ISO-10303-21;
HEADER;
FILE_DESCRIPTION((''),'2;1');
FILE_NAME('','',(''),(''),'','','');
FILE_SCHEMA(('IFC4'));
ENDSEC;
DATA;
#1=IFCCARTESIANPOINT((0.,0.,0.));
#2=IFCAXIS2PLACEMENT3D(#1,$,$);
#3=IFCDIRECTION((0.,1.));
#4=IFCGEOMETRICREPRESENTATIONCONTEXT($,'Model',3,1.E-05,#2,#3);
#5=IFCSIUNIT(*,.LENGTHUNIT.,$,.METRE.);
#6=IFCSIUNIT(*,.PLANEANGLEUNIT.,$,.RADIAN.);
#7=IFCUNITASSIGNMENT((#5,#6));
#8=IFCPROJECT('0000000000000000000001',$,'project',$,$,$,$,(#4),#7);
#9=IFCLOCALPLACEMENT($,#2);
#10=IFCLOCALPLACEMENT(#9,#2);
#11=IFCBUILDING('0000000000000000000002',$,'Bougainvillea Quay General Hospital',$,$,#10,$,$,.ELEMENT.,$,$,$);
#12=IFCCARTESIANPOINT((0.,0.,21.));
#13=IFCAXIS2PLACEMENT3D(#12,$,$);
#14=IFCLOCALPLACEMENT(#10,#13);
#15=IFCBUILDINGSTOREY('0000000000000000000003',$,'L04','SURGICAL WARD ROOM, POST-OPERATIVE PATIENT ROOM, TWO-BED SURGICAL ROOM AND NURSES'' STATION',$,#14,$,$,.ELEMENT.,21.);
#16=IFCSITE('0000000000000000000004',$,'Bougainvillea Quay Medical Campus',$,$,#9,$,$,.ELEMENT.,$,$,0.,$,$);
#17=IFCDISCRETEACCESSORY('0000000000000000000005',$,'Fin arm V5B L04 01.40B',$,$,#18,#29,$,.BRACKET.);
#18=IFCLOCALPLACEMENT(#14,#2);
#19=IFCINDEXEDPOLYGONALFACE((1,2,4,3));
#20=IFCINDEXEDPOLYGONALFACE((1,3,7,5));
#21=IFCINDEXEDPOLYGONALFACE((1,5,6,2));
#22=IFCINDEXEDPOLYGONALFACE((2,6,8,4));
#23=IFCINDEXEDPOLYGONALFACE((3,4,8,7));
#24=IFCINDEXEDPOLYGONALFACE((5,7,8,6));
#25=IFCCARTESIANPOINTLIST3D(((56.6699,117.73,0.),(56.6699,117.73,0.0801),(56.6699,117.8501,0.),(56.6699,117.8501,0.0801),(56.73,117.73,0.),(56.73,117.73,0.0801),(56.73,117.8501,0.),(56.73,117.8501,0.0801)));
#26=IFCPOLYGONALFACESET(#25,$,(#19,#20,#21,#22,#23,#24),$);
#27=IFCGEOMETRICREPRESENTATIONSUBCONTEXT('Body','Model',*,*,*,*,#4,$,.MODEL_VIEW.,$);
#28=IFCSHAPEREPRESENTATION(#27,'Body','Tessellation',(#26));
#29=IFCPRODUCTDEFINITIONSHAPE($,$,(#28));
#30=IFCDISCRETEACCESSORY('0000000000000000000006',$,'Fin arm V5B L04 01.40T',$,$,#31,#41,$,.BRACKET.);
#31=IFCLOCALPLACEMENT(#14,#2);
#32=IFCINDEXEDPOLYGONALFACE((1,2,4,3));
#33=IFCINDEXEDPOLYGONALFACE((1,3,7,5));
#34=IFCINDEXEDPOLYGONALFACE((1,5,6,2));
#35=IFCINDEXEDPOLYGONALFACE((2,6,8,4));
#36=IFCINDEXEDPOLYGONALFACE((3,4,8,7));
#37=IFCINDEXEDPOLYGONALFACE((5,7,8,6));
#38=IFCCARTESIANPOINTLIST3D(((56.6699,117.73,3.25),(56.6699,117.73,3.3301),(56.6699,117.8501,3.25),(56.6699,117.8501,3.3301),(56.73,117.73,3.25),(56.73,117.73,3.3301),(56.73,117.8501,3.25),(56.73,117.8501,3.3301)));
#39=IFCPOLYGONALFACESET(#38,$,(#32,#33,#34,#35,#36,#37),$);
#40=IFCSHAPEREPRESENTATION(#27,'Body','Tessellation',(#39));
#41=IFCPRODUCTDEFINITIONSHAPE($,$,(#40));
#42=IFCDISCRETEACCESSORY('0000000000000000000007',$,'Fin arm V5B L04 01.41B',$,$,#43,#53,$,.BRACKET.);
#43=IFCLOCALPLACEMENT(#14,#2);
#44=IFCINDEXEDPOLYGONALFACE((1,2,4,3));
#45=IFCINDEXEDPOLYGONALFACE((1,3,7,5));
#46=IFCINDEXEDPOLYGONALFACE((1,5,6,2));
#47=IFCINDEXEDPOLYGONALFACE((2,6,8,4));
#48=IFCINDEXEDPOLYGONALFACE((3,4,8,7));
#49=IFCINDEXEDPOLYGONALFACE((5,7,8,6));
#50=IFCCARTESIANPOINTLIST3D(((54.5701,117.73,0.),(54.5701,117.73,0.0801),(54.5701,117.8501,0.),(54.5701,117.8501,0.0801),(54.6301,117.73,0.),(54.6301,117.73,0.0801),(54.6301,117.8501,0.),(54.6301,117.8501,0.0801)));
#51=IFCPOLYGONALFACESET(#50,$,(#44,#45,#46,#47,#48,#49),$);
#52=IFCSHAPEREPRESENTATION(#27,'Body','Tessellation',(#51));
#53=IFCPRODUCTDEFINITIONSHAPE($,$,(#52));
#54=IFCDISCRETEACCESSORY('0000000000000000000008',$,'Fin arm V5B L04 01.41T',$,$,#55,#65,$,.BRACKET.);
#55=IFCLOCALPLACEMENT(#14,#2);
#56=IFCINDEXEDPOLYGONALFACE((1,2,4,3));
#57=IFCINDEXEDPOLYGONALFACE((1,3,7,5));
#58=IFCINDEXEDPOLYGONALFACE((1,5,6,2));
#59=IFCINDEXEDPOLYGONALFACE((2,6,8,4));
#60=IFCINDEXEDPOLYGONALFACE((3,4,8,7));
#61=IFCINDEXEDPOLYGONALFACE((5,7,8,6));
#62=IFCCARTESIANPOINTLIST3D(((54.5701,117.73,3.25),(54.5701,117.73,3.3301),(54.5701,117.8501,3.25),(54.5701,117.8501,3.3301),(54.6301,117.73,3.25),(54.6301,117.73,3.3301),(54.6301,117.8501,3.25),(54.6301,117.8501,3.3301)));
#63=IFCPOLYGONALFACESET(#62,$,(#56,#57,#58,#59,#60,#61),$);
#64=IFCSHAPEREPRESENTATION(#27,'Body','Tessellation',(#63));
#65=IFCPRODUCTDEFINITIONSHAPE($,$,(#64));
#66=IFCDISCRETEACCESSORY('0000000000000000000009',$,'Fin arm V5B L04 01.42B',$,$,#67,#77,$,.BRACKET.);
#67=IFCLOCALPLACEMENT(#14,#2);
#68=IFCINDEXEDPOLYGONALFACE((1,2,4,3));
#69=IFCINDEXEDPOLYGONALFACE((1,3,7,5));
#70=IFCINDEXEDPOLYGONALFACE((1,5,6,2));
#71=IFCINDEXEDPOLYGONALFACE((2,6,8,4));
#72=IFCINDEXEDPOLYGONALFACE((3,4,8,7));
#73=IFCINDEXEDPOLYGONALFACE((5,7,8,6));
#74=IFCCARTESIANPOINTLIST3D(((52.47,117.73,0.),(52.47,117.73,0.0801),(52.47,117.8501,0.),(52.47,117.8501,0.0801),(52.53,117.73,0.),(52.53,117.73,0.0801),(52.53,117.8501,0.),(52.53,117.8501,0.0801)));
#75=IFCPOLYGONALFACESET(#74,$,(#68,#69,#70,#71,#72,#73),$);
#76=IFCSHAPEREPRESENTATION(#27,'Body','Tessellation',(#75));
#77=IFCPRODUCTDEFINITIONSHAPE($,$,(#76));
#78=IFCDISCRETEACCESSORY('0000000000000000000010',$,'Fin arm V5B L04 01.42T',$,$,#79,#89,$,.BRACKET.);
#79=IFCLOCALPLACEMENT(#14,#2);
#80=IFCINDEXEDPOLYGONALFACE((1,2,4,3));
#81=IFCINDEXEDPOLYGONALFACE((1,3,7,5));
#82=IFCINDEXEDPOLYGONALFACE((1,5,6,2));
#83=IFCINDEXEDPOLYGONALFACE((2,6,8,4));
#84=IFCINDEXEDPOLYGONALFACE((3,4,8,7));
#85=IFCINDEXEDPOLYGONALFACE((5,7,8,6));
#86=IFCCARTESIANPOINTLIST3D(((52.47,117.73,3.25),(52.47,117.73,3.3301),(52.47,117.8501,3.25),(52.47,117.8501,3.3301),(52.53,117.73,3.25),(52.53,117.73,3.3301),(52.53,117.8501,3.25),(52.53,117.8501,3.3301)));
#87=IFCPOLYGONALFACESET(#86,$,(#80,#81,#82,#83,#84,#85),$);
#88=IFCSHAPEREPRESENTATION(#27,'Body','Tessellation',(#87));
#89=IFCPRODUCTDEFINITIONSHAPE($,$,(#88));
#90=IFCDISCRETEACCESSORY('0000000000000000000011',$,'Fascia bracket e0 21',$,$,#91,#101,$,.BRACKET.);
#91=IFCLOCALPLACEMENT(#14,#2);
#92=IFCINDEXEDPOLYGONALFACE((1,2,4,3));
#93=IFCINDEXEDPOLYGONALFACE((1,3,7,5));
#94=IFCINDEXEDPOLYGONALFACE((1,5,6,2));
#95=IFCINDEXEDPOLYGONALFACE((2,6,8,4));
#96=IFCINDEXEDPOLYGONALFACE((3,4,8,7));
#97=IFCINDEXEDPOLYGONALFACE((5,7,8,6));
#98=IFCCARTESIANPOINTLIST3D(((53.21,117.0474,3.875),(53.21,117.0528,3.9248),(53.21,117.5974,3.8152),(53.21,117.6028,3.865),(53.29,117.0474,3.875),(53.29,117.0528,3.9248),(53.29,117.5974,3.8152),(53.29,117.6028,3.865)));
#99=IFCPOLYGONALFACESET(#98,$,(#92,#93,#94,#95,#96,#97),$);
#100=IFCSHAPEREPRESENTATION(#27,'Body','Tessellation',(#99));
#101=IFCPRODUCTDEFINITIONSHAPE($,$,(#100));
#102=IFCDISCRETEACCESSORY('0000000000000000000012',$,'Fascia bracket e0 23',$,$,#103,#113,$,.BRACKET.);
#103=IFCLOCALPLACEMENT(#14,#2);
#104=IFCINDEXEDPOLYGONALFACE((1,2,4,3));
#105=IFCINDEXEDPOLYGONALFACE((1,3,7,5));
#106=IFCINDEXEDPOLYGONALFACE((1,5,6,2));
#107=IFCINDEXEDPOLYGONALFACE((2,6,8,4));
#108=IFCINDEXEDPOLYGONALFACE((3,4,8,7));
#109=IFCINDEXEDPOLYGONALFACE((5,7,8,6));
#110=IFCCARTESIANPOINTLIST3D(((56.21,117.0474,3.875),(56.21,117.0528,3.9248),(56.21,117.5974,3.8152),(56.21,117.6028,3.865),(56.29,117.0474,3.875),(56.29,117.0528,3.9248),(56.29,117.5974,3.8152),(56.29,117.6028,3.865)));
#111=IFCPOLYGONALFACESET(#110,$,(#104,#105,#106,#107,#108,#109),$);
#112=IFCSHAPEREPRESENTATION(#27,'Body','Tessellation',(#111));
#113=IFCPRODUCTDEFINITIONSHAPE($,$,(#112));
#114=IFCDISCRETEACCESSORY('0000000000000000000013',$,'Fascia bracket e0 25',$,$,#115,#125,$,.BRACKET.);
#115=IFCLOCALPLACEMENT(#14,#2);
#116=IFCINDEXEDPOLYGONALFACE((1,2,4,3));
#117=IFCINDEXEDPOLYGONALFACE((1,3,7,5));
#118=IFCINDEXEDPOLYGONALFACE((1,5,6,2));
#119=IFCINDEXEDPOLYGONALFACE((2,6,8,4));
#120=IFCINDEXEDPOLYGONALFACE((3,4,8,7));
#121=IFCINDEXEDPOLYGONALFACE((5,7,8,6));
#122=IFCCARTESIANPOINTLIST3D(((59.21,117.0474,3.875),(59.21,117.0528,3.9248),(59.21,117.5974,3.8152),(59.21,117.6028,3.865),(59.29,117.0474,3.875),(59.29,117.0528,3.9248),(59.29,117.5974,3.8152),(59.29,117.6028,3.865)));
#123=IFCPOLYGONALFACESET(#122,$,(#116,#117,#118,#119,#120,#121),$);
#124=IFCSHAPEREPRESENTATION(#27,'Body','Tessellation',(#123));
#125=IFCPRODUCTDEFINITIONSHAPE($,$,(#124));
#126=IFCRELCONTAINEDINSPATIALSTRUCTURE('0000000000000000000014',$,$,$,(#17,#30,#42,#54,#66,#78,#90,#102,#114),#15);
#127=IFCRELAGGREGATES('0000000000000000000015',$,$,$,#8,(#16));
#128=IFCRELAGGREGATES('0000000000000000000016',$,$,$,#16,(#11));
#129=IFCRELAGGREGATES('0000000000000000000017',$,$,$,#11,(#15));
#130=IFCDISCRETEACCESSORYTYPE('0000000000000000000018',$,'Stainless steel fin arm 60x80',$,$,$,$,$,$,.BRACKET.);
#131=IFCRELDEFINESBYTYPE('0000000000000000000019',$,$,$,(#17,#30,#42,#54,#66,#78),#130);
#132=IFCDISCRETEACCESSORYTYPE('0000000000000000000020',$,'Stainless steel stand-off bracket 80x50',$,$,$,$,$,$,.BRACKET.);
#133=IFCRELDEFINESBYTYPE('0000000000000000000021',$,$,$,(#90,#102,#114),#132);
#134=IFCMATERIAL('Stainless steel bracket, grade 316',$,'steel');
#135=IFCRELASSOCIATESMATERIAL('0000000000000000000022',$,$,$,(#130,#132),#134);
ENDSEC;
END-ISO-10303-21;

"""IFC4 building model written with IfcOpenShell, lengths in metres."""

from ifc_helpers import new_model, si_unit, direction, frame, origin, origin_2d, place, context, subcontext, project, spatial, rectangle, extrude, material, material_profile, profile_set, type_object, element, save


model = new_model("IFC4")

# Units and contexts
model_context = context("Model", 3, precision=1e-05, world=origin(), true_north=direction((0.0, 1.0)))
body_context = subcontext(model_context, "Body", "Model", "MODEL_VIEW")
ifc_project = project(units=[si_unit("LENGTHUNIT", "METRE"), si_unit("PLANEANGLEUNIT", "RADIAN")], contexts=[model_context])

# Site, building, storey
site_placement = place(None, origin())
site = spatial("IfcSite", under=ifc_project, at=site_placement, Name="Bougainvillea Quay Medical Campus", CompositionType="ELEMENT", RefElevation=0.0)
building_placement = place(site_placement, origin())
building = spatial("IfcBuilding", under=site, at=building_placement, Name="Bougainvillea Quay General Hospital", CompositionType="ELEMENT")
storey_placement = place(building_placement, frame((0.0, 0.0, 21.0)))
storey = spatial("IfcBuildingStorey", under=building, at=storey_placement, Name="L04", Description="SURGICAL WARD ROOM, POST-OPERATIVE PATIENT ROOM, TWO-BED SURGICAL ROOM AND NURSES' STATION", CompositionType="ELEMENT", Elevation=21.0)

# Discrete accessories
ifc_material_1 = material(Name="Stainless steel bracket, grade 316", Category="steel")
discrete_accessory_type_1 = type_object("IfcDiscreteAccessoryType", Name="Stainless steel fin arm 60x80", PredefinedType="BRACKET", material=ifc_material_1)
for number, where, z_axis, x_axis, name in (
    (1, (56.7, 117.79, 0.0), (0.0, 0.0, 1.0), (0.0, -1.0, 0.0), "Fin arm V5B L04 01.40B"),
    (2, (56.7, 117.79, 3.25), (0.0, 0.0, 1.0), (0.0, -1.0, 0.0), "Fin arm V5B L04 01.40T"),
    (3, (54.6001, 117.79, 0.0), (0.0, 0.0, 1.0), (0.0, -1.0, 0.0), "Fin arm V5B L04 01.41B"),
    (4, (54.6001, 117.79, 3.25), (0.0, 0.0, 1.0), (0.0, -1.0, 0.0), "Fin arm V5B L04 01.41T"),
    (5, (52.5, 117.79, 0.0), (0.0, 0.0, 1.0), (0.0, -1.0, 0.0), "Fin arm V5B L04 01.42B"),
    (6, (52.5, 117.79, 3.25), (0.0, 0.0, 1.0), (0.0, -1.0, 0.0), "Fin arm V5B L04 01.42T"),
):
    element("IfcDiscreteAccessory", number, at=place(storey_placement, frame(where, z_axis=z_axis, x_axis=x_axis)), inside=storey, type_object=discrete_accessory_type_1, Name=name, PredefinedType="BRACKET", context=body_context, shape_type="SweptSolid", body=[
        extrude(rectangle(XDim=0.1201, YDim=0.0601, at=origin_2d()), origin(), (0.0, 0.0, 1.0), 0.0801),
    ])
ifc_material_profile_1 = material_profile(ifc_material_1, rectangle(XDim=0.0801, YDim=0.05, at=origin_2d()))
ifc_profile_set_1 = profile_set([ifc_material_profile_1], Name="Stainless steel bracket, grade 316")
discrete_accessory_type_2 = type_object("IfcDiscreteAccessoryType", Name="Stainless steel stand-off bracket 80x50", PredefinedType="BRACKET", material=ifc_profile_set_1)
for number, where, z_axis, x_axis, name in (
    (7, (53.25, 117.6001, 3.8401), (0.0, -0.994139, 0.108107), (1.0, 0.0, 0.0), "Fascia bracket e0 21"),
    (8, (56.25, 117.6001, 3.8401), (0.0, -0.994139, 0.108107), (1.0, 0.0, 0.0), "Fascia bracket e0 23"),
    (9, (59.25, 117.6001, 3.8401), (0.0, -0.994139, 0.108107), (1.0, 0.0, 0.0), "Fascia bracket e0 25"),
):
    element("IfcDiscreteAccessory", number, at=place(storey_placement, frame(where, z_axis=z_axis, x_axis=x_axis)), inside=storey, type_object=discrete_accessory_type_2, Name=name, PredefinedType="BRACKET", context=body_context, shape_type="SweptSolid", body=[
        extrude(rectangle(XDim=0.0801, YDim=0.05, at=origin_2d()), origin(), (0.0, 0.0, 1.0), 0.5532),
    ])

save(model, "model.ifc")
